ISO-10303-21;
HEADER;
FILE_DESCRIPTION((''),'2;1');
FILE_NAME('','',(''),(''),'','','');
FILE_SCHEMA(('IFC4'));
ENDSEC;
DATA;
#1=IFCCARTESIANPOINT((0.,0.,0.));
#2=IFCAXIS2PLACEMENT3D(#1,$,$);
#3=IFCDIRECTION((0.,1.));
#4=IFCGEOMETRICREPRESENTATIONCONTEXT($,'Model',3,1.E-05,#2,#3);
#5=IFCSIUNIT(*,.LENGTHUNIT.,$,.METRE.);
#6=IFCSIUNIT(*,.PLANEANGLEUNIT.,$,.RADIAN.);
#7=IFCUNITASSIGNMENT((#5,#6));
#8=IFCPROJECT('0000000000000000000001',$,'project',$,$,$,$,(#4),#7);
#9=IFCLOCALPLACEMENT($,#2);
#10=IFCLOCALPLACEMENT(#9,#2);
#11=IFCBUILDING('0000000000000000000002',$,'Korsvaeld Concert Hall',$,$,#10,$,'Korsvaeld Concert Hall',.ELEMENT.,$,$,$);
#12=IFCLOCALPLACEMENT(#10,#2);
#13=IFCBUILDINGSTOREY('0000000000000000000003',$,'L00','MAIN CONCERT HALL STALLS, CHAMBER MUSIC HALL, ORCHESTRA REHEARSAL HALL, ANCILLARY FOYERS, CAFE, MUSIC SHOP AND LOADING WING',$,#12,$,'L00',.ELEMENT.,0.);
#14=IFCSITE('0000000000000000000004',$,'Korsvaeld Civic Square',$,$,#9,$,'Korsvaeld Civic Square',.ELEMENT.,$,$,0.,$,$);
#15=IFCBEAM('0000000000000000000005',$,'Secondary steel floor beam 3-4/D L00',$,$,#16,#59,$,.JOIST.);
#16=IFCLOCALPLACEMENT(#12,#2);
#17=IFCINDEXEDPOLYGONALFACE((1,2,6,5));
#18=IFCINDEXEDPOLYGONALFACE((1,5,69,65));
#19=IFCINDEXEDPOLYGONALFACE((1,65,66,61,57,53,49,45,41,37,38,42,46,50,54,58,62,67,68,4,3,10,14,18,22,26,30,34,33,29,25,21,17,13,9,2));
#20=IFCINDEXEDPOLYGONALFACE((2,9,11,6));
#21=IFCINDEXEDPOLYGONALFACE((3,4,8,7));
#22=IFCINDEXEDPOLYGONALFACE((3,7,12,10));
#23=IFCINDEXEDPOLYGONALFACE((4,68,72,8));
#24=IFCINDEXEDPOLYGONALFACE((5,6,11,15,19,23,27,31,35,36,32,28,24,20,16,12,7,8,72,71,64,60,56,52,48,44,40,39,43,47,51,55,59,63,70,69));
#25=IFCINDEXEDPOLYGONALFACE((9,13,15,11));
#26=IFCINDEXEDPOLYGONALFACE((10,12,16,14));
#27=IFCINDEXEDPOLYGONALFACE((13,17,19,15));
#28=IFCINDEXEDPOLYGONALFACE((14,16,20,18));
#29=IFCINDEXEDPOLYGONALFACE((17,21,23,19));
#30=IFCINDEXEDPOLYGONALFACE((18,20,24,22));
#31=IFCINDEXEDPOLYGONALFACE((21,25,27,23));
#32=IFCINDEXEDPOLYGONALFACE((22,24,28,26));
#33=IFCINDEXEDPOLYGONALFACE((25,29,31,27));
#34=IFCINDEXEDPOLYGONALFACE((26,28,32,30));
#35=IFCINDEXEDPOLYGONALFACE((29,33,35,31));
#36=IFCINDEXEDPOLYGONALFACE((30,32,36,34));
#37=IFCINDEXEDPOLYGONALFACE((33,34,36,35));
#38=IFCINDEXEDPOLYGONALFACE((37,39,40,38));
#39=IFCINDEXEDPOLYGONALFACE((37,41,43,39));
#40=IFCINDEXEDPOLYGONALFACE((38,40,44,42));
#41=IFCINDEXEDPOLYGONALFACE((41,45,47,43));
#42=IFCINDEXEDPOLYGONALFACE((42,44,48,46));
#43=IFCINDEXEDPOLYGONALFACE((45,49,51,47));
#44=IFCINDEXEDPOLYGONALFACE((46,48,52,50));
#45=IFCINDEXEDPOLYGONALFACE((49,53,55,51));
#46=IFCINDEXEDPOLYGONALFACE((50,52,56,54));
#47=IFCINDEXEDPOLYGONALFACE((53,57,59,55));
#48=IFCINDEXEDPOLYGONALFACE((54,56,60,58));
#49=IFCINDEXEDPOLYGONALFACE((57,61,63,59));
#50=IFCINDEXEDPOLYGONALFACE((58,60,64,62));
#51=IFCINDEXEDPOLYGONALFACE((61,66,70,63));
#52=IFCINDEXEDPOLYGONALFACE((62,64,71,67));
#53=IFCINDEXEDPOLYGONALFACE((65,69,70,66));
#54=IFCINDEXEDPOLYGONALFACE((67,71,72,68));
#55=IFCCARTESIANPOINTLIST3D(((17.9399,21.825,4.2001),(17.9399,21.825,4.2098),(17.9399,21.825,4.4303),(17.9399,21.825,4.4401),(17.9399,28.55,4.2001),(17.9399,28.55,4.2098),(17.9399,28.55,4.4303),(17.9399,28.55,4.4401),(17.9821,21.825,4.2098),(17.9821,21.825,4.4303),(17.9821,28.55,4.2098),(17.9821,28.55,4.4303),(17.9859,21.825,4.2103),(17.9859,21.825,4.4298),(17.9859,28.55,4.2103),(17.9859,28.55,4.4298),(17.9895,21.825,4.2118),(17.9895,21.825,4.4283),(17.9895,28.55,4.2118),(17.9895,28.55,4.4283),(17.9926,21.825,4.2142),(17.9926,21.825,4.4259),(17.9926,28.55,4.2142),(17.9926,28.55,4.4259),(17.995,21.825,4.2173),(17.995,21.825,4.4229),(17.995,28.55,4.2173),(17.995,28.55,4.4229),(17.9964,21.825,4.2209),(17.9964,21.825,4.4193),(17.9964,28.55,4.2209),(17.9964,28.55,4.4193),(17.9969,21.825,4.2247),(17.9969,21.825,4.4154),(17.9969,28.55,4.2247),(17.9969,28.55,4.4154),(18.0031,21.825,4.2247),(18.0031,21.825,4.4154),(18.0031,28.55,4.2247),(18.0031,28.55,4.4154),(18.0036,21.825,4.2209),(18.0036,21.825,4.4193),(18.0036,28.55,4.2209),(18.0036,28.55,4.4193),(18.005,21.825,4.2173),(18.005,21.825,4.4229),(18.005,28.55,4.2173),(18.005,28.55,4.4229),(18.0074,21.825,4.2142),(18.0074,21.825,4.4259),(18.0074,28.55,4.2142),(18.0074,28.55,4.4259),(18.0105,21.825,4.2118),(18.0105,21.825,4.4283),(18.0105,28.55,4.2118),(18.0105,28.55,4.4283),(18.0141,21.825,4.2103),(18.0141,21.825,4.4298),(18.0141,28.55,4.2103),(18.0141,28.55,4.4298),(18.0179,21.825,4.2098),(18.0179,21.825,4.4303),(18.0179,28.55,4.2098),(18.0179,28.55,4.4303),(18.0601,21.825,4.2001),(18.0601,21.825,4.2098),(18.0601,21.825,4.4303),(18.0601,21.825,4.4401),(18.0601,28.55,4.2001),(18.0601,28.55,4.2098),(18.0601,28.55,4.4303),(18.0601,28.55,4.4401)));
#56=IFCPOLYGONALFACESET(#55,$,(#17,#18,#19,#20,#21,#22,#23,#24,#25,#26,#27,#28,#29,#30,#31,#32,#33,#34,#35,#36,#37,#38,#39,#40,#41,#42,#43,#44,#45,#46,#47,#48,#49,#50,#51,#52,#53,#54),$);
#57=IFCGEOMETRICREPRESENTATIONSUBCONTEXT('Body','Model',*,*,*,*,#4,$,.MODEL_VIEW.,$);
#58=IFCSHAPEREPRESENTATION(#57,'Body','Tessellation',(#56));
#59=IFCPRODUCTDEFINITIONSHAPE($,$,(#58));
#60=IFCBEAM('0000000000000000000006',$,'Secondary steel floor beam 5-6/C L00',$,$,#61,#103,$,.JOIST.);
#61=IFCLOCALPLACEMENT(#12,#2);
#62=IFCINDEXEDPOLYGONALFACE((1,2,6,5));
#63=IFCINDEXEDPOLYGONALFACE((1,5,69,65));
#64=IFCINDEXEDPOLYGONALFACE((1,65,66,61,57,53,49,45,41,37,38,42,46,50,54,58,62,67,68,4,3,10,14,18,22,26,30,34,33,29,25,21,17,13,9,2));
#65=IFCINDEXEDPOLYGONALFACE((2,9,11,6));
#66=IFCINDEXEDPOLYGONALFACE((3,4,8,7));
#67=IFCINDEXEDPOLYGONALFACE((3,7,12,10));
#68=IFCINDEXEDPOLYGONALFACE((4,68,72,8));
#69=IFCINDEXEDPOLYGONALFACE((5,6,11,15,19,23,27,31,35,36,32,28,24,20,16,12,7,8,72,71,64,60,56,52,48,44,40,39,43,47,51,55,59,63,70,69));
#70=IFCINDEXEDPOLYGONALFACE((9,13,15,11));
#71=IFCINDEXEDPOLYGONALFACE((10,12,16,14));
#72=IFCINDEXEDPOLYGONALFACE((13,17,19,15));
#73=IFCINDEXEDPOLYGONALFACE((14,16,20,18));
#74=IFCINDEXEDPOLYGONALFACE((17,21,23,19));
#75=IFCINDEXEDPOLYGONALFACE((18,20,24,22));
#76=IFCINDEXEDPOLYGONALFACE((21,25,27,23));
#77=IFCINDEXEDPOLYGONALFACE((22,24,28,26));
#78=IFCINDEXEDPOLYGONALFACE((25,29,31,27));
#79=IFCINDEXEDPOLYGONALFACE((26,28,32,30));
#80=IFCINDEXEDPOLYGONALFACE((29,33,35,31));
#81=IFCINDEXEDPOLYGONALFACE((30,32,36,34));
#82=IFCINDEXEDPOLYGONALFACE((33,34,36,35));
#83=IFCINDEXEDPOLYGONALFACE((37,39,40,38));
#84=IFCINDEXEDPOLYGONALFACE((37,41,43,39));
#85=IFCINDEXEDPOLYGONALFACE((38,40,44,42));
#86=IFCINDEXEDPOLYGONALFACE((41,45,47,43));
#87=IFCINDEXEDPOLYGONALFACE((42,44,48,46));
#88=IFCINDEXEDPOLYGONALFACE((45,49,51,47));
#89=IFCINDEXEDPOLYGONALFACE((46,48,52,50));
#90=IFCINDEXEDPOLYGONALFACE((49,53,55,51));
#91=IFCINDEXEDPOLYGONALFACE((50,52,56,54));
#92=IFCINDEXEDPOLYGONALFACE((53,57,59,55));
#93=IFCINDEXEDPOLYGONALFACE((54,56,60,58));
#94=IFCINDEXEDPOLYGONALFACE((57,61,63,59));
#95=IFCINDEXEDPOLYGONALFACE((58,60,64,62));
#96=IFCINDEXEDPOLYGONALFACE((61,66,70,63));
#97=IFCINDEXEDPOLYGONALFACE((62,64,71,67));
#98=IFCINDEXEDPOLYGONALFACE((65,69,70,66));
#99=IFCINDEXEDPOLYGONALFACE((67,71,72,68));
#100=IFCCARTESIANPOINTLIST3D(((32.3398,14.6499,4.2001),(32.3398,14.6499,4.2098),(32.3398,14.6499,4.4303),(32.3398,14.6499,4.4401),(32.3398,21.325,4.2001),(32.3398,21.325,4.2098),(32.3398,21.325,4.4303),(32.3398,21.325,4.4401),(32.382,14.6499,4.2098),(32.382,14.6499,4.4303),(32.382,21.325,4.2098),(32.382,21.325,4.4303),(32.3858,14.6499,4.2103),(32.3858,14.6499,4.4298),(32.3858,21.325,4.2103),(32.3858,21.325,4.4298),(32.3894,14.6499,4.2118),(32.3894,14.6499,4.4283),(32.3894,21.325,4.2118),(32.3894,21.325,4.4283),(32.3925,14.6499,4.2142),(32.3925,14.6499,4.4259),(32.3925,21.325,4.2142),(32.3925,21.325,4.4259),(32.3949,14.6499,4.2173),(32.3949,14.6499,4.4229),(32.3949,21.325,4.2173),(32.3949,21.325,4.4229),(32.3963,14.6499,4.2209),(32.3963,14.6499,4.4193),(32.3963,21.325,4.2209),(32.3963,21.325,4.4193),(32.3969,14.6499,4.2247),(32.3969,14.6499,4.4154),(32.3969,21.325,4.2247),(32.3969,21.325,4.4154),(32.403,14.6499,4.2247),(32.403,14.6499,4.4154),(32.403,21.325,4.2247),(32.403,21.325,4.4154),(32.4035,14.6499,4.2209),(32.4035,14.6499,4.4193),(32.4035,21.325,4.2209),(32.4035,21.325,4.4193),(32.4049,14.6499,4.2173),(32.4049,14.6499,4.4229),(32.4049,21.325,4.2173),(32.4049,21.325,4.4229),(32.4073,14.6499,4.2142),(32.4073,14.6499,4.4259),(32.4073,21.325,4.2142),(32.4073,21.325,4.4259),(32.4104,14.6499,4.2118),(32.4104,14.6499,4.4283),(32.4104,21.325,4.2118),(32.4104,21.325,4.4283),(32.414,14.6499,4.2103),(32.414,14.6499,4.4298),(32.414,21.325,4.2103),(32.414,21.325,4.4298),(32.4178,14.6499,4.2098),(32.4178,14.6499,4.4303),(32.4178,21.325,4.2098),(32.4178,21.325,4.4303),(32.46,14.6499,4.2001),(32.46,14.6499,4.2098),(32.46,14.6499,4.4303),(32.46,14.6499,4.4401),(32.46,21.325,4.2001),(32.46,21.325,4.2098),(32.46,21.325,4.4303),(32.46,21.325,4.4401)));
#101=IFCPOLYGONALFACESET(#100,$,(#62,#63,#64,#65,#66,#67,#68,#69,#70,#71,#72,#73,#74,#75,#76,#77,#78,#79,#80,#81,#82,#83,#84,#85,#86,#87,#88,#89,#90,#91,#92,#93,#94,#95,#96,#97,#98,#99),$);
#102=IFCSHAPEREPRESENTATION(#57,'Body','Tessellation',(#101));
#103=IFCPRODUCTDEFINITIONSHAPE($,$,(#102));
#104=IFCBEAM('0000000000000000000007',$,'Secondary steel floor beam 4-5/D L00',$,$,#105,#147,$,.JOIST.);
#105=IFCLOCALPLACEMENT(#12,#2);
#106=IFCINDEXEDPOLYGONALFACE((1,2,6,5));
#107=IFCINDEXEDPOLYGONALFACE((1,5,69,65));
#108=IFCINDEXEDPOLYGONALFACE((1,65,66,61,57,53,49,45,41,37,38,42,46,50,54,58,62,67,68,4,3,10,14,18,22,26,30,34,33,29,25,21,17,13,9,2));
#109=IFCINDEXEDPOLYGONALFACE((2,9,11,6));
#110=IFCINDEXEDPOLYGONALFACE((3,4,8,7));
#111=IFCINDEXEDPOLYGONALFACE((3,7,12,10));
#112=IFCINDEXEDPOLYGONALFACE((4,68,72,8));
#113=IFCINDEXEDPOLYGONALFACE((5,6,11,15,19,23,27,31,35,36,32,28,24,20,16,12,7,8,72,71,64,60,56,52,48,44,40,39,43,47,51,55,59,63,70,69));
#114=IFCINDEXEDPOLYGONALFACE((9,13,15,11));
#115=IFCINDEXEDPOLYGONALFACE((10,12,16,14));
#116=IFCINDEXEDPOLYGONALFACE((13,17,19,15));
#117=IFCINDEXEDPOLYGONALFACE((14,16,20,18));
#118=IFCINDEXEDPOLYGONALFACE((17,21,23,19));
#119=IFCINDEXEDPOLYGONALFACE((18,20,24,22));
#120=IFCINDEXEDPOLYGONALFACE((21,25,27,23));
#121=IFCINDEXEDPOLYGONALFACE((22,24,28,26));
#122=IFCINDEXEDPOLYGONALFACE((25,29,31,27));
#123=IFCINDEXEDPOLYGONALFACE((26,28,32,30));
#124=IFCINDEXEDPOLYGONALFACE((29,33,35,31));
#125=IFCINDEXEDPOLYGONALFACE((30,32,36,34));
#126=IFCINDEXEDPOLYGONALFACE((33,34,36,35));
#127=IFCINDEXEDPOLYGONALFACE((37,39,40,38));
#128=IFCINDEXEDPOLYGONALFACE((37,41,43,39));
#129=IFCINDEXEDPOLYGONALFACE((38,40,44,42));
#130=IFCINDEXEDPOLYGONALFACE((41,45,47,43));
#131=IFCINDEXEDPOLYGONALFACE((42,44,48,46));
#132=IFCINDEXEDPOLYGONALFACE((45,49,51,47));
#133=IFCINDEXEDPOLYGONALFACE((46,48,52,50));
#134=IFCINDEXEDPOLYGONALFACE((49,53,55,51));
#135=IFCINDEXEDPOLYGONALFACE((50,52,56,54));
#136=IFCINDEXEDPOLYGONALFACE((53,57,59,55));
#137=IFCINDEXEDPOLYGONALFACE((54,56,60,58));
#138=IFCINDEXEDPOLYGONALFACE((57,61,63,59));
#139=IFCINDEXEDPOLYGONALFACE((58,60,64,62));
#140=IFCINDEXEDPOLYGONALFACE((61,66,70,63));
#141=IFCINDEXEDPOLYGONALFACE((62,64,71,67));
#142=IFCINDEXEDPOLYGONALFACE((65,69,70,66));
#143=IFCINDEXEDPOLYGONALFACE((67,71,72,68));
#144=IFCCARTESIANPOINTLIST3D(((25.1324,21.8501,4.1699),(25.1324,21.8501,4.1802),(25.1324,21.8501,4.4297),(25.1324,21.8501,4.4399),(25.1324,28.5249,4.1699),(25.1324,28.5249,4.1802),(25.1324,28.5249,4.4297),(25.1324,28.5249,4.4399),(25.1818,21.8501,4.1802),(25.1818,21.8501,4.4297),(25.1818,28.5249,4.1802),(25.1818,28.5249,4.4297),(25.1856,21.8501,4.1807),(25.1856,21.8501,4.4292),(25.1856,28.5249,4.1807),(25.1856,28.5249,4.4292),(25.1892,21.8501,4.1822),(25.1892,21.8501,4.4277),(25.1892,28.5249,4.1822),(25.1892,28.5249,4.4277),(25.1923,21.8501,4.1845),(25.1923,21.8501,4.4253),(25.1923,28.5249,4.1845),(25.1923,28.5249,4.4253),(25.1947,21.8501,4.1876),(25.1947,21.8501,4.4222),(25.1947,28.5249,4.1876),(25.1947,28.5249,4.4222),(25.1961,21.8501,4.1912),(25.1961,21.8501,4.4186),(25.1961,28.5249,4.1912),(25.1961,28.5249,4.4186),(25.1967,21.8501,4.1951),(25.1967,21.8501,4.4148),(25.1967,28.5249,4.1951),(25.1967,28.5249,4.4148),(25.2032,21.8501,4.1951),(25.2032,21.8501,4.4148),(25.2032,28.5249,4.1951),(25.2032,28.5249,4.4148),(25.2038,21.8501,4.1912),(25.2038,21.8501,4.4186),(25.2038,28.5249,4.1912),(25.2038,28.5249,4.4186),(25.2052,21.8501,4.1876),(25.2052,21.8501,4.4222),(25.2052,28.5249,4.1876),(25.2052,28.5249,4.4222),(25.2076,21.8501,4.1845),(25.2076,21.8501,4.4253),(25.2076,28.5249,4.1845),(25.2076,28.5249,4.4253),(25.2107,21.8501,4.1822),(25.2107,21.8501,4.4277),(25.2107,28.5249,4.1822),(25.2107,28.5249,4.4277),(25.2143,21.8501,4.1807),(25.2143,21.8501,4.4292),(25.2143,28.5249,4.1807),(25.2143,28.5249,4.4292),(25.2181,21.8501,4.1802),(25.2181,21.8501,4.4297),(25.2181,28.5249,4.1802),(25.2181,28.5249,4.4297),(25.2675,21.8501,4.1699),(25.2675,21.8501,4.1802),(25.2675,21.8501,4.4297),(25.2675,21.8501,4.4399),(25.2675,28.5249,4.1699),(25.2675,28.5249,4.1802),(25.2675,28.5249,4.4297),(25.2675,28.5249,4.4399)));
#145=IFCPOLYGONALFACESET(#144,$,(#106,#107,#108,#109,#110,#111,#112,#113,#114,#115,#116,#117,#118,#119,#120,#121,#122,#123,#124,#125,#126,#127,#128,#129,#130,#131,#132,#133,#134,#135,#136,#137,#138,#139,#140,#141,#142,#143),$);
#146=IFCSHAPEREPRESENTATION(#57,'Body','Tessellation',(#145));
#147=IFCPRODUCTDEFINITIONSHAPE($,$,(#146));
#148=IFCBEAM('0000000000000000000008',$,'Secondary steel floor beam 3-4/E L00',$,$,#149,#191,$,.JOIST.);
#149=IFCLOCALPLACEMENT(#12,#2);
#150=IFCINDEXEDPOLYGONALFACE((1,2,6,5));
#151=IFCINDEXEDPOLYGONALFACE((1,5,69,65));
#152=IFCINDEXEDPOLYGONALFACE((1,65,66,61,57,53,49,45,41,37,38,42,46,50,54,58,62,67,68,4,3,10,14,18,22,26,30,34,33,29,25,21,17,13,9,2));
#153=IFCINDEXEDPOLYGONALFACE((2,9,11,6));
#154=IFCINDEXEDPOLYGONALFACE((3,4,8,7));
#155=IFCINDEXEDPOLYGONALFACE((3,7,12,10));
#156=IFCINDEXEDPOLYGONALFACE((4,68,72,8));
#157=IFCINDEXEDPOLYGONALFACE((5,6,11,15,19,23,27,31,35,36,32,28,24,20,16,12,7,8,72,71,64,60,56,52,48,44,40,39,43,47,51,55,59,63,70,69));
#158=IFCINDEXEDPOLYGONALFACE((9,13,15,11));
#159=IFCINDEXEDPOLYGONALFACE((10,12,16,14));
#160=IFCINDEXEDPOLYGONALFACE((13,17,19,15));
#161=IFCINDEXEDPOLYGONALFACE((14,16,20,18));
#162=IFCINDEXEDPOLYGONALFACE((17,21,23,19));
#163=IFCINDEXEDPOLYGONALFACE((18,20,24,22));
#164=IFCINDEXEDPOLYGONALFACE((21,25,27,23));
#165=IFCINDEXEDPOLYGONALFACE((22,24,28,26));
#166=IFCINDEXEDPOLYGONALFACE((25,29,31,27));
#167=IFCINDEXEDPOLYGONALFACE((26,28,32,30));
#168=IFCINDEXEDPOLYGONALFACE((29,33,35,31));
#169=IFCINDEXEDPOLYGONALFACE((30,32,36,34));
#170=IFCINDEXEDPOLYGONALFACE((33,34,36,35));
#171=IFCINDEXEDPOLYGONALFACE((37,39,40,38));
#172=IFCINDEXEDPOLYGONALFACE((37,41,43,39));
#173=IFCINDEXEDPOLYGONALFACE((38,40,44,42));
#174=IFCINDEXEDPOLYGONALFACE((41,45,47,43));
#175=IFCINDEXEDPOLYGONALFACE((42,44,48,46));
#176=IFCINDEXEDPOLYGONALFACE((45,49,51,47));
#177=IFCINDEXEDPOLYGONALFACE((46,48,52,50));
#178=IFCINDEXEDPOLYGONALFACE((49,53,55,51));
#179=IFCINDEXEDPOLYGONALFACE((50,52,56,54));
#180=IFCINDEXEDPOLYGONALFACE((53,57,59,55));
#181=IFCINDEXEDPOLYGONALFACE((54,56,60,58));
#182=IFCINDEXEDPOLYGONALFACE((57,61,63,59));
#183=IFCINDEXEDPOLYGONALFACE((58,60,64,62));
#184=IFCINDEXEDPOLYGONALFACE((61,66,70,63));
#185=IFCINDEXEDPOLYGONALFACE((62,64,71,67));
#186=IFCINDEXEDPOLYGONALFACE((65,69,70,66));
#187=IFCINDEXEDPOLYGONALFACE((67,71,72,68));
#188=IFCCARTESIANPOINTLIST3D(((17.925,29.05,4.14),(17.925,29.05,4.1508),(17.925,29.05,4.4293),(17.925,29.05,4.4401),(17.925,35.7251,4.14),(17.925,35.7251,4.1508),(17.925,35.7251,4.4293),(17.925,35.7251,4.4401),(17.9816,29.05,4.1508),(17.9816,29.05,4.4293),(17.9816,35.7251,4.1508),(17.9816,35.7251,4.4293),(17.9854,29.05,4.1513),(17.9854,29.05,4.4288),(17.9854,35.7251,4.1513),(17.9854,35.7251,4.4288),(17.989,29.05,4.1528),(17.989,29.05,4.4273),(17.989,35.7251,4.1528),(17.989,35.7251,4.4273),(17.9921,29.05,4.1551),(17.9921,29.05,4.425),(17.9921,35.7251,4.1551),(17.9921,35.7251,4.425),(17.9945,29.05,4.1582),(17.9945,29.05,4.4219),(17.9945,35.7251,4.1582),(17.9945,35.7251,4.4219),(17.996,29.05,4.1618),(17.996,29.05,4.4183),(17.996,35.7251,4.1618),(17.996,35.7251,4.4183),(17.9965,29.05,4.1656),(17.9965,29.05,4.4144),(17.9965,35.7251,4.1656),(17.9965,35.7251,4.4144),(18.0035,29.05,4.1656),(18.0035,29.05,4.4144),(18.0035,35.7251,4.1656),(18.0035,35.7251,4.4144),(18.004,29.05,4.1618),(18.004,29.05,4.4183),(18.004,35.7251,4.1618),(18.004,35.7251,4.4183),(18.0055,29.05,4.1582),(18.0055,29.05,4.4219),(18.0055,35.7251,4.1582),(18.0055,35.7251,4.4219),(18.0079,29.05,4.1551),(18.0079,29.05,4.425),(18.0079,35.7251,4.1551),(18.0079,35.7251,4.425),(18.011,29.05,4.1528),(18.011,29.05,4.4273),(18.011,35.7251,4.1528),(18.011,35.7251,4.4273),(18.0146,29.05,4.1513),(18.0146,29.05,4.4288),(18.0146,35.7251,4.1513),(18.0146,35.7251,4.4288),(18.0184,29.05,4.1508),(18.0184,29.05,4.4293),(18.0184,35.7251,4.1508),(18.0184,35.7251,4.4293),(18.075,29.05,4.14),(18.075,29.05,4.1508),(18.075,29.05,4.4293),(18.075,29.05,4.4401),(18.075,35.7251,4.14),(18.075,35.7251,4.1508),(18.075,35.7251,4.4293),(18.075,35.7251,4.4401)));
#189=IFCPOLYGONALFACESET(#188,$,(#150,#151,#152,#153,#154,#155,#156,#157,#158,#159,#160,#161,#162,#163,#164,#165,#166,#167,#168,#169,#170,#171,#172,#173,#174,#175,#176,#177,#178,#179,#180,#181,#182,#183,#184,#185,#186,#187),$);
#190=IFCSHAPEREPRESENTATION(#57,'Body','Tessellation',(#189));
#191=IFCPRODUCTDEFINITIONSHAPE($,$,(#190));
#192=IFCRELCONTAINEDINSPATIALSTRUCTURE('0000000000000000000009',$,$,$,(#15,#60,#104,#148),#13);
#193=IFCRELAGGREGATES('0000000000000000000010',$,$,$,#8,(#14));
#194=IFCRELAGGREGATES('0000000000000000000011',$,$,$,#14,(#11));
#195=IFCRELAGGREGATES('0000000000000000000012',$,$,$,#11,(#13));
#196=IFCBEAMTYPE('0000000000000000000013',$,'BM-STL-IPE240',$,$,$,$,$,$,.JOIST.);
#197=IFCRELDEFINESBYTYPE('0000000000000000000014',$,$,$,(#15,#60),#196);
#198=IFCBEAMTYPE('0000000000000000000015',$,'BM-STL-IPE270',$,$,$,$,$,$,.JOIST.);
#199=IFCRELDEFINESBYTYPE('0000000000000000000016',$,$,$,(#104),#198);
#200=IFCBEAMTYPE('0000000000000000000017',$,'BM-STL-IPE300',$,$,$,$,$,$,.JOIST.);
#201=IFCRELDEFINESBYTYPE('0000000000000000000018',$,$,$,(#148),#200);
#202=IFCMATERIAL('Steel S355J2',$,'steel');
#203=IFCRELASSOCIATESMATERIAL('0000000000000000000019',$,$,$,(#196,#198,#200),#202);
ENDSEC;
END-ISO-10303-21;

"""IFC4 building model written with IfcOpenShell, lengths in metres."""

from ifc_helpers import new_model, si_unit, direction, frame, origin, origin_2d, place, context, subcontext, project, spatial, i_section, extrude, material, material_profile, profile_set, type_object, element, save


model = new_model("IFC4")

# Units and contexts
model_context = context("Model", 3, precision=1e-05, world=origin(), true_north=direction((0.0, 1.0)))
body_context = subcontext(model_context, "Body", "Model", "MODEL_VIEW")
ifc_project = project(units=[si_unit("LENGTHUNIT", "METRE"), si_unit("PLANEANGLEUNIT", "RADIAN")], contexts=[model_context])

# Site, building, storey
site_placement = place(None, origin())
site = spatial("IfcSite", under=ifc_project, at=site_placement, Name="Korsvaeld Civic Square", LongName="Korsvaeld Civic Square", CompositionType="ELEMENT", RefElevation=0.0)
building_placement = place(site_placement, origin())
building = spatial("IfcBuilding", under=site, at=building_placement, Name="Korsvaeld Concert Hall", LongName="Korsvaeld Concert Hall", CompositionType="ELEMENT")
storey_placement = place(building_placement, origin())
storey = spatial("IfcBuildingStorey", under=building, at=storey_placement, Name="L00", Description="MAIN CONCERT HALL STALLS, CHAMBER MUSIC HALL, ORCHESTRA REHEARSAL HALL, ANCILLARY FOYERS, CAFE, MUSIC SHOP AND LOADING WING", LongName="L00", CompositionType="ELEMENT", Elevation=0.0)

# Beams
ifc_material_1 = material(Name="Steel S355J2", Category="steel")
ifc_material_profile_1 = material_profile(ifc_material_1, i_section(OverallWidth=0.1201, OverallDepth=0.24, WebThickness=0.0061, FlangeThickness=0.0098, FilletRadius=0.0149, at=origin_2d()), Name="IPE 240")
ifc_profile_set_1 = profile_set([ifc_material_profile_1], Name="Steel S355J2")
beam_type_1 = type_object("IfcBeamType", Name="BM-STL-IPE240", PredefinedType="JOIST", material=ifc_profile_set_1)
beam_1_placement = place(storey_placement, frame((18.0, 21.825, 4.3201), z_axis=(0.0, 1.0, 0.0), x_axis=(-1.0, 0.0, 0.0)))
element("IfcBeam", 1, at=beam_1_placement, inside=storey, type_object=beam_type_1, Name="Secondary steel floor beam 3-4/D L00", PredefinedType="JOIST", context=body_context, shape_type="SweptSolid", body=[
    extrude(i_section(OverallWidth=0.1201, OverallDepth=0.24, WebThickness=0.0061, FlangeThickness=0.0098, FilletRadius=0.0149, at=origin_2d()), origin(), (0.0, 0.0, 1.0), 6.7251),
])
beam_2_placement = place(storey_placement, frame((32.3999, 14.6499, 4.3201), z_axis=(0.0, 1.0, 0.0), x_axis=(-1.0, 0.0, 0.0)))
element("IfcBeam", 2, at=beam_2_placement, inside=storey, type_object=beam_type_1, Name="Secondary steel floor beam 5-6/C L00", PredefinedType="JOIST", context=body_context, shape_type="SweptSolid", body=[
    extrude(i_section(OverallWidth=0.1201, OverallDepth=0.24, WebThickness=0.0061, FlangeThickness=0.0098, FilletRadius=0.0149, at=origin_2d()), origin(), (0.0, 0.0, 1.0), 6.675),
])
ifc_material_profile_2 = material_profile(ifc_material_1, i_section(OverallWidth=0.135, OverallDepth=0.27, WebThickness=0.0066, FlangeThickness=0.0103, FilletRadius=0.0149, at=origin_2d()), Name="IPE 270")
ifc_profile_set_2 = profile_set([ifc_material_profile_2], Name="Steel S355J2")
beam_type_2 = type_object("IfcBeamType", Name="BM-STL-IPE270", PredefinedType="JOIST", material=ifc_profile_set_2)
beam_3_placement = place(storey_placement, frame((25.2, 21.8501, 4.3049), z_axis=(0.0, 1.0, 0.0), x_axis=(-1.0, 0.0, 0.0)))
element("IfcBeam", 3, at=beam_3_placement, inside=storey, type_object=beam_type_2, Name="Secondary steel floor beam 4-5/D L00", PredefinedType="JOIST", context=body_context, shape_type="SweptSolid", body=[
    extrude(i_section(OverallWidth=0.135, OverallDepth=0.27, WebThickness=0.0066, FlangeThickness=0.0103, FilletRadius=0.0149, at=origin_2d()), origin(), (0.0, 0.0, 1.0), 6.6748),
])
ifc_material_profile_3 = material_profile(ifc_material_1, i_section(OverallWidth=0.1499, OverallDepth=0.3, WebThickness=0.0071, FlangeThickness=0.0107, FilletRadius=0.0149, at=origin_2d()), Name="IPE 300")
ifc_profile_set_3 = profile_set([ifc_material_profile_3], Name="Steel S355J2")
beam_type_3 = type_object("IfcBeamType", Name="BM-STL-IPE300", PredefinedType="JOIST", material=ifc_profile_set_3)
beam_4_placement = place(storey_placement, frame((18.0, 29.05, 4.29), z_axis=(0.0, 1.0, 0.0), x_axis=(-1.0, 0.0, 0.0)))
element("IfcBeam", 4, at=beam_4_placement, inside=storey, type_object=beam_type_3, Name="Secondary steel floor beam 3-4/E L00", PredefinedType="JOIST", context=body_context, shape_type="SweptSolid", body=[
    extrude(i_section(OverallWidth=0.1499, OverallDepth=0.3, WebThickness=0.0071, FlangeThickness=0.0107, FilletRadius=0.0149, at=origin_2d()), origin(), (0.0, 0.0, 1.0), 6.675),
])

save(model, "model.ifc")
